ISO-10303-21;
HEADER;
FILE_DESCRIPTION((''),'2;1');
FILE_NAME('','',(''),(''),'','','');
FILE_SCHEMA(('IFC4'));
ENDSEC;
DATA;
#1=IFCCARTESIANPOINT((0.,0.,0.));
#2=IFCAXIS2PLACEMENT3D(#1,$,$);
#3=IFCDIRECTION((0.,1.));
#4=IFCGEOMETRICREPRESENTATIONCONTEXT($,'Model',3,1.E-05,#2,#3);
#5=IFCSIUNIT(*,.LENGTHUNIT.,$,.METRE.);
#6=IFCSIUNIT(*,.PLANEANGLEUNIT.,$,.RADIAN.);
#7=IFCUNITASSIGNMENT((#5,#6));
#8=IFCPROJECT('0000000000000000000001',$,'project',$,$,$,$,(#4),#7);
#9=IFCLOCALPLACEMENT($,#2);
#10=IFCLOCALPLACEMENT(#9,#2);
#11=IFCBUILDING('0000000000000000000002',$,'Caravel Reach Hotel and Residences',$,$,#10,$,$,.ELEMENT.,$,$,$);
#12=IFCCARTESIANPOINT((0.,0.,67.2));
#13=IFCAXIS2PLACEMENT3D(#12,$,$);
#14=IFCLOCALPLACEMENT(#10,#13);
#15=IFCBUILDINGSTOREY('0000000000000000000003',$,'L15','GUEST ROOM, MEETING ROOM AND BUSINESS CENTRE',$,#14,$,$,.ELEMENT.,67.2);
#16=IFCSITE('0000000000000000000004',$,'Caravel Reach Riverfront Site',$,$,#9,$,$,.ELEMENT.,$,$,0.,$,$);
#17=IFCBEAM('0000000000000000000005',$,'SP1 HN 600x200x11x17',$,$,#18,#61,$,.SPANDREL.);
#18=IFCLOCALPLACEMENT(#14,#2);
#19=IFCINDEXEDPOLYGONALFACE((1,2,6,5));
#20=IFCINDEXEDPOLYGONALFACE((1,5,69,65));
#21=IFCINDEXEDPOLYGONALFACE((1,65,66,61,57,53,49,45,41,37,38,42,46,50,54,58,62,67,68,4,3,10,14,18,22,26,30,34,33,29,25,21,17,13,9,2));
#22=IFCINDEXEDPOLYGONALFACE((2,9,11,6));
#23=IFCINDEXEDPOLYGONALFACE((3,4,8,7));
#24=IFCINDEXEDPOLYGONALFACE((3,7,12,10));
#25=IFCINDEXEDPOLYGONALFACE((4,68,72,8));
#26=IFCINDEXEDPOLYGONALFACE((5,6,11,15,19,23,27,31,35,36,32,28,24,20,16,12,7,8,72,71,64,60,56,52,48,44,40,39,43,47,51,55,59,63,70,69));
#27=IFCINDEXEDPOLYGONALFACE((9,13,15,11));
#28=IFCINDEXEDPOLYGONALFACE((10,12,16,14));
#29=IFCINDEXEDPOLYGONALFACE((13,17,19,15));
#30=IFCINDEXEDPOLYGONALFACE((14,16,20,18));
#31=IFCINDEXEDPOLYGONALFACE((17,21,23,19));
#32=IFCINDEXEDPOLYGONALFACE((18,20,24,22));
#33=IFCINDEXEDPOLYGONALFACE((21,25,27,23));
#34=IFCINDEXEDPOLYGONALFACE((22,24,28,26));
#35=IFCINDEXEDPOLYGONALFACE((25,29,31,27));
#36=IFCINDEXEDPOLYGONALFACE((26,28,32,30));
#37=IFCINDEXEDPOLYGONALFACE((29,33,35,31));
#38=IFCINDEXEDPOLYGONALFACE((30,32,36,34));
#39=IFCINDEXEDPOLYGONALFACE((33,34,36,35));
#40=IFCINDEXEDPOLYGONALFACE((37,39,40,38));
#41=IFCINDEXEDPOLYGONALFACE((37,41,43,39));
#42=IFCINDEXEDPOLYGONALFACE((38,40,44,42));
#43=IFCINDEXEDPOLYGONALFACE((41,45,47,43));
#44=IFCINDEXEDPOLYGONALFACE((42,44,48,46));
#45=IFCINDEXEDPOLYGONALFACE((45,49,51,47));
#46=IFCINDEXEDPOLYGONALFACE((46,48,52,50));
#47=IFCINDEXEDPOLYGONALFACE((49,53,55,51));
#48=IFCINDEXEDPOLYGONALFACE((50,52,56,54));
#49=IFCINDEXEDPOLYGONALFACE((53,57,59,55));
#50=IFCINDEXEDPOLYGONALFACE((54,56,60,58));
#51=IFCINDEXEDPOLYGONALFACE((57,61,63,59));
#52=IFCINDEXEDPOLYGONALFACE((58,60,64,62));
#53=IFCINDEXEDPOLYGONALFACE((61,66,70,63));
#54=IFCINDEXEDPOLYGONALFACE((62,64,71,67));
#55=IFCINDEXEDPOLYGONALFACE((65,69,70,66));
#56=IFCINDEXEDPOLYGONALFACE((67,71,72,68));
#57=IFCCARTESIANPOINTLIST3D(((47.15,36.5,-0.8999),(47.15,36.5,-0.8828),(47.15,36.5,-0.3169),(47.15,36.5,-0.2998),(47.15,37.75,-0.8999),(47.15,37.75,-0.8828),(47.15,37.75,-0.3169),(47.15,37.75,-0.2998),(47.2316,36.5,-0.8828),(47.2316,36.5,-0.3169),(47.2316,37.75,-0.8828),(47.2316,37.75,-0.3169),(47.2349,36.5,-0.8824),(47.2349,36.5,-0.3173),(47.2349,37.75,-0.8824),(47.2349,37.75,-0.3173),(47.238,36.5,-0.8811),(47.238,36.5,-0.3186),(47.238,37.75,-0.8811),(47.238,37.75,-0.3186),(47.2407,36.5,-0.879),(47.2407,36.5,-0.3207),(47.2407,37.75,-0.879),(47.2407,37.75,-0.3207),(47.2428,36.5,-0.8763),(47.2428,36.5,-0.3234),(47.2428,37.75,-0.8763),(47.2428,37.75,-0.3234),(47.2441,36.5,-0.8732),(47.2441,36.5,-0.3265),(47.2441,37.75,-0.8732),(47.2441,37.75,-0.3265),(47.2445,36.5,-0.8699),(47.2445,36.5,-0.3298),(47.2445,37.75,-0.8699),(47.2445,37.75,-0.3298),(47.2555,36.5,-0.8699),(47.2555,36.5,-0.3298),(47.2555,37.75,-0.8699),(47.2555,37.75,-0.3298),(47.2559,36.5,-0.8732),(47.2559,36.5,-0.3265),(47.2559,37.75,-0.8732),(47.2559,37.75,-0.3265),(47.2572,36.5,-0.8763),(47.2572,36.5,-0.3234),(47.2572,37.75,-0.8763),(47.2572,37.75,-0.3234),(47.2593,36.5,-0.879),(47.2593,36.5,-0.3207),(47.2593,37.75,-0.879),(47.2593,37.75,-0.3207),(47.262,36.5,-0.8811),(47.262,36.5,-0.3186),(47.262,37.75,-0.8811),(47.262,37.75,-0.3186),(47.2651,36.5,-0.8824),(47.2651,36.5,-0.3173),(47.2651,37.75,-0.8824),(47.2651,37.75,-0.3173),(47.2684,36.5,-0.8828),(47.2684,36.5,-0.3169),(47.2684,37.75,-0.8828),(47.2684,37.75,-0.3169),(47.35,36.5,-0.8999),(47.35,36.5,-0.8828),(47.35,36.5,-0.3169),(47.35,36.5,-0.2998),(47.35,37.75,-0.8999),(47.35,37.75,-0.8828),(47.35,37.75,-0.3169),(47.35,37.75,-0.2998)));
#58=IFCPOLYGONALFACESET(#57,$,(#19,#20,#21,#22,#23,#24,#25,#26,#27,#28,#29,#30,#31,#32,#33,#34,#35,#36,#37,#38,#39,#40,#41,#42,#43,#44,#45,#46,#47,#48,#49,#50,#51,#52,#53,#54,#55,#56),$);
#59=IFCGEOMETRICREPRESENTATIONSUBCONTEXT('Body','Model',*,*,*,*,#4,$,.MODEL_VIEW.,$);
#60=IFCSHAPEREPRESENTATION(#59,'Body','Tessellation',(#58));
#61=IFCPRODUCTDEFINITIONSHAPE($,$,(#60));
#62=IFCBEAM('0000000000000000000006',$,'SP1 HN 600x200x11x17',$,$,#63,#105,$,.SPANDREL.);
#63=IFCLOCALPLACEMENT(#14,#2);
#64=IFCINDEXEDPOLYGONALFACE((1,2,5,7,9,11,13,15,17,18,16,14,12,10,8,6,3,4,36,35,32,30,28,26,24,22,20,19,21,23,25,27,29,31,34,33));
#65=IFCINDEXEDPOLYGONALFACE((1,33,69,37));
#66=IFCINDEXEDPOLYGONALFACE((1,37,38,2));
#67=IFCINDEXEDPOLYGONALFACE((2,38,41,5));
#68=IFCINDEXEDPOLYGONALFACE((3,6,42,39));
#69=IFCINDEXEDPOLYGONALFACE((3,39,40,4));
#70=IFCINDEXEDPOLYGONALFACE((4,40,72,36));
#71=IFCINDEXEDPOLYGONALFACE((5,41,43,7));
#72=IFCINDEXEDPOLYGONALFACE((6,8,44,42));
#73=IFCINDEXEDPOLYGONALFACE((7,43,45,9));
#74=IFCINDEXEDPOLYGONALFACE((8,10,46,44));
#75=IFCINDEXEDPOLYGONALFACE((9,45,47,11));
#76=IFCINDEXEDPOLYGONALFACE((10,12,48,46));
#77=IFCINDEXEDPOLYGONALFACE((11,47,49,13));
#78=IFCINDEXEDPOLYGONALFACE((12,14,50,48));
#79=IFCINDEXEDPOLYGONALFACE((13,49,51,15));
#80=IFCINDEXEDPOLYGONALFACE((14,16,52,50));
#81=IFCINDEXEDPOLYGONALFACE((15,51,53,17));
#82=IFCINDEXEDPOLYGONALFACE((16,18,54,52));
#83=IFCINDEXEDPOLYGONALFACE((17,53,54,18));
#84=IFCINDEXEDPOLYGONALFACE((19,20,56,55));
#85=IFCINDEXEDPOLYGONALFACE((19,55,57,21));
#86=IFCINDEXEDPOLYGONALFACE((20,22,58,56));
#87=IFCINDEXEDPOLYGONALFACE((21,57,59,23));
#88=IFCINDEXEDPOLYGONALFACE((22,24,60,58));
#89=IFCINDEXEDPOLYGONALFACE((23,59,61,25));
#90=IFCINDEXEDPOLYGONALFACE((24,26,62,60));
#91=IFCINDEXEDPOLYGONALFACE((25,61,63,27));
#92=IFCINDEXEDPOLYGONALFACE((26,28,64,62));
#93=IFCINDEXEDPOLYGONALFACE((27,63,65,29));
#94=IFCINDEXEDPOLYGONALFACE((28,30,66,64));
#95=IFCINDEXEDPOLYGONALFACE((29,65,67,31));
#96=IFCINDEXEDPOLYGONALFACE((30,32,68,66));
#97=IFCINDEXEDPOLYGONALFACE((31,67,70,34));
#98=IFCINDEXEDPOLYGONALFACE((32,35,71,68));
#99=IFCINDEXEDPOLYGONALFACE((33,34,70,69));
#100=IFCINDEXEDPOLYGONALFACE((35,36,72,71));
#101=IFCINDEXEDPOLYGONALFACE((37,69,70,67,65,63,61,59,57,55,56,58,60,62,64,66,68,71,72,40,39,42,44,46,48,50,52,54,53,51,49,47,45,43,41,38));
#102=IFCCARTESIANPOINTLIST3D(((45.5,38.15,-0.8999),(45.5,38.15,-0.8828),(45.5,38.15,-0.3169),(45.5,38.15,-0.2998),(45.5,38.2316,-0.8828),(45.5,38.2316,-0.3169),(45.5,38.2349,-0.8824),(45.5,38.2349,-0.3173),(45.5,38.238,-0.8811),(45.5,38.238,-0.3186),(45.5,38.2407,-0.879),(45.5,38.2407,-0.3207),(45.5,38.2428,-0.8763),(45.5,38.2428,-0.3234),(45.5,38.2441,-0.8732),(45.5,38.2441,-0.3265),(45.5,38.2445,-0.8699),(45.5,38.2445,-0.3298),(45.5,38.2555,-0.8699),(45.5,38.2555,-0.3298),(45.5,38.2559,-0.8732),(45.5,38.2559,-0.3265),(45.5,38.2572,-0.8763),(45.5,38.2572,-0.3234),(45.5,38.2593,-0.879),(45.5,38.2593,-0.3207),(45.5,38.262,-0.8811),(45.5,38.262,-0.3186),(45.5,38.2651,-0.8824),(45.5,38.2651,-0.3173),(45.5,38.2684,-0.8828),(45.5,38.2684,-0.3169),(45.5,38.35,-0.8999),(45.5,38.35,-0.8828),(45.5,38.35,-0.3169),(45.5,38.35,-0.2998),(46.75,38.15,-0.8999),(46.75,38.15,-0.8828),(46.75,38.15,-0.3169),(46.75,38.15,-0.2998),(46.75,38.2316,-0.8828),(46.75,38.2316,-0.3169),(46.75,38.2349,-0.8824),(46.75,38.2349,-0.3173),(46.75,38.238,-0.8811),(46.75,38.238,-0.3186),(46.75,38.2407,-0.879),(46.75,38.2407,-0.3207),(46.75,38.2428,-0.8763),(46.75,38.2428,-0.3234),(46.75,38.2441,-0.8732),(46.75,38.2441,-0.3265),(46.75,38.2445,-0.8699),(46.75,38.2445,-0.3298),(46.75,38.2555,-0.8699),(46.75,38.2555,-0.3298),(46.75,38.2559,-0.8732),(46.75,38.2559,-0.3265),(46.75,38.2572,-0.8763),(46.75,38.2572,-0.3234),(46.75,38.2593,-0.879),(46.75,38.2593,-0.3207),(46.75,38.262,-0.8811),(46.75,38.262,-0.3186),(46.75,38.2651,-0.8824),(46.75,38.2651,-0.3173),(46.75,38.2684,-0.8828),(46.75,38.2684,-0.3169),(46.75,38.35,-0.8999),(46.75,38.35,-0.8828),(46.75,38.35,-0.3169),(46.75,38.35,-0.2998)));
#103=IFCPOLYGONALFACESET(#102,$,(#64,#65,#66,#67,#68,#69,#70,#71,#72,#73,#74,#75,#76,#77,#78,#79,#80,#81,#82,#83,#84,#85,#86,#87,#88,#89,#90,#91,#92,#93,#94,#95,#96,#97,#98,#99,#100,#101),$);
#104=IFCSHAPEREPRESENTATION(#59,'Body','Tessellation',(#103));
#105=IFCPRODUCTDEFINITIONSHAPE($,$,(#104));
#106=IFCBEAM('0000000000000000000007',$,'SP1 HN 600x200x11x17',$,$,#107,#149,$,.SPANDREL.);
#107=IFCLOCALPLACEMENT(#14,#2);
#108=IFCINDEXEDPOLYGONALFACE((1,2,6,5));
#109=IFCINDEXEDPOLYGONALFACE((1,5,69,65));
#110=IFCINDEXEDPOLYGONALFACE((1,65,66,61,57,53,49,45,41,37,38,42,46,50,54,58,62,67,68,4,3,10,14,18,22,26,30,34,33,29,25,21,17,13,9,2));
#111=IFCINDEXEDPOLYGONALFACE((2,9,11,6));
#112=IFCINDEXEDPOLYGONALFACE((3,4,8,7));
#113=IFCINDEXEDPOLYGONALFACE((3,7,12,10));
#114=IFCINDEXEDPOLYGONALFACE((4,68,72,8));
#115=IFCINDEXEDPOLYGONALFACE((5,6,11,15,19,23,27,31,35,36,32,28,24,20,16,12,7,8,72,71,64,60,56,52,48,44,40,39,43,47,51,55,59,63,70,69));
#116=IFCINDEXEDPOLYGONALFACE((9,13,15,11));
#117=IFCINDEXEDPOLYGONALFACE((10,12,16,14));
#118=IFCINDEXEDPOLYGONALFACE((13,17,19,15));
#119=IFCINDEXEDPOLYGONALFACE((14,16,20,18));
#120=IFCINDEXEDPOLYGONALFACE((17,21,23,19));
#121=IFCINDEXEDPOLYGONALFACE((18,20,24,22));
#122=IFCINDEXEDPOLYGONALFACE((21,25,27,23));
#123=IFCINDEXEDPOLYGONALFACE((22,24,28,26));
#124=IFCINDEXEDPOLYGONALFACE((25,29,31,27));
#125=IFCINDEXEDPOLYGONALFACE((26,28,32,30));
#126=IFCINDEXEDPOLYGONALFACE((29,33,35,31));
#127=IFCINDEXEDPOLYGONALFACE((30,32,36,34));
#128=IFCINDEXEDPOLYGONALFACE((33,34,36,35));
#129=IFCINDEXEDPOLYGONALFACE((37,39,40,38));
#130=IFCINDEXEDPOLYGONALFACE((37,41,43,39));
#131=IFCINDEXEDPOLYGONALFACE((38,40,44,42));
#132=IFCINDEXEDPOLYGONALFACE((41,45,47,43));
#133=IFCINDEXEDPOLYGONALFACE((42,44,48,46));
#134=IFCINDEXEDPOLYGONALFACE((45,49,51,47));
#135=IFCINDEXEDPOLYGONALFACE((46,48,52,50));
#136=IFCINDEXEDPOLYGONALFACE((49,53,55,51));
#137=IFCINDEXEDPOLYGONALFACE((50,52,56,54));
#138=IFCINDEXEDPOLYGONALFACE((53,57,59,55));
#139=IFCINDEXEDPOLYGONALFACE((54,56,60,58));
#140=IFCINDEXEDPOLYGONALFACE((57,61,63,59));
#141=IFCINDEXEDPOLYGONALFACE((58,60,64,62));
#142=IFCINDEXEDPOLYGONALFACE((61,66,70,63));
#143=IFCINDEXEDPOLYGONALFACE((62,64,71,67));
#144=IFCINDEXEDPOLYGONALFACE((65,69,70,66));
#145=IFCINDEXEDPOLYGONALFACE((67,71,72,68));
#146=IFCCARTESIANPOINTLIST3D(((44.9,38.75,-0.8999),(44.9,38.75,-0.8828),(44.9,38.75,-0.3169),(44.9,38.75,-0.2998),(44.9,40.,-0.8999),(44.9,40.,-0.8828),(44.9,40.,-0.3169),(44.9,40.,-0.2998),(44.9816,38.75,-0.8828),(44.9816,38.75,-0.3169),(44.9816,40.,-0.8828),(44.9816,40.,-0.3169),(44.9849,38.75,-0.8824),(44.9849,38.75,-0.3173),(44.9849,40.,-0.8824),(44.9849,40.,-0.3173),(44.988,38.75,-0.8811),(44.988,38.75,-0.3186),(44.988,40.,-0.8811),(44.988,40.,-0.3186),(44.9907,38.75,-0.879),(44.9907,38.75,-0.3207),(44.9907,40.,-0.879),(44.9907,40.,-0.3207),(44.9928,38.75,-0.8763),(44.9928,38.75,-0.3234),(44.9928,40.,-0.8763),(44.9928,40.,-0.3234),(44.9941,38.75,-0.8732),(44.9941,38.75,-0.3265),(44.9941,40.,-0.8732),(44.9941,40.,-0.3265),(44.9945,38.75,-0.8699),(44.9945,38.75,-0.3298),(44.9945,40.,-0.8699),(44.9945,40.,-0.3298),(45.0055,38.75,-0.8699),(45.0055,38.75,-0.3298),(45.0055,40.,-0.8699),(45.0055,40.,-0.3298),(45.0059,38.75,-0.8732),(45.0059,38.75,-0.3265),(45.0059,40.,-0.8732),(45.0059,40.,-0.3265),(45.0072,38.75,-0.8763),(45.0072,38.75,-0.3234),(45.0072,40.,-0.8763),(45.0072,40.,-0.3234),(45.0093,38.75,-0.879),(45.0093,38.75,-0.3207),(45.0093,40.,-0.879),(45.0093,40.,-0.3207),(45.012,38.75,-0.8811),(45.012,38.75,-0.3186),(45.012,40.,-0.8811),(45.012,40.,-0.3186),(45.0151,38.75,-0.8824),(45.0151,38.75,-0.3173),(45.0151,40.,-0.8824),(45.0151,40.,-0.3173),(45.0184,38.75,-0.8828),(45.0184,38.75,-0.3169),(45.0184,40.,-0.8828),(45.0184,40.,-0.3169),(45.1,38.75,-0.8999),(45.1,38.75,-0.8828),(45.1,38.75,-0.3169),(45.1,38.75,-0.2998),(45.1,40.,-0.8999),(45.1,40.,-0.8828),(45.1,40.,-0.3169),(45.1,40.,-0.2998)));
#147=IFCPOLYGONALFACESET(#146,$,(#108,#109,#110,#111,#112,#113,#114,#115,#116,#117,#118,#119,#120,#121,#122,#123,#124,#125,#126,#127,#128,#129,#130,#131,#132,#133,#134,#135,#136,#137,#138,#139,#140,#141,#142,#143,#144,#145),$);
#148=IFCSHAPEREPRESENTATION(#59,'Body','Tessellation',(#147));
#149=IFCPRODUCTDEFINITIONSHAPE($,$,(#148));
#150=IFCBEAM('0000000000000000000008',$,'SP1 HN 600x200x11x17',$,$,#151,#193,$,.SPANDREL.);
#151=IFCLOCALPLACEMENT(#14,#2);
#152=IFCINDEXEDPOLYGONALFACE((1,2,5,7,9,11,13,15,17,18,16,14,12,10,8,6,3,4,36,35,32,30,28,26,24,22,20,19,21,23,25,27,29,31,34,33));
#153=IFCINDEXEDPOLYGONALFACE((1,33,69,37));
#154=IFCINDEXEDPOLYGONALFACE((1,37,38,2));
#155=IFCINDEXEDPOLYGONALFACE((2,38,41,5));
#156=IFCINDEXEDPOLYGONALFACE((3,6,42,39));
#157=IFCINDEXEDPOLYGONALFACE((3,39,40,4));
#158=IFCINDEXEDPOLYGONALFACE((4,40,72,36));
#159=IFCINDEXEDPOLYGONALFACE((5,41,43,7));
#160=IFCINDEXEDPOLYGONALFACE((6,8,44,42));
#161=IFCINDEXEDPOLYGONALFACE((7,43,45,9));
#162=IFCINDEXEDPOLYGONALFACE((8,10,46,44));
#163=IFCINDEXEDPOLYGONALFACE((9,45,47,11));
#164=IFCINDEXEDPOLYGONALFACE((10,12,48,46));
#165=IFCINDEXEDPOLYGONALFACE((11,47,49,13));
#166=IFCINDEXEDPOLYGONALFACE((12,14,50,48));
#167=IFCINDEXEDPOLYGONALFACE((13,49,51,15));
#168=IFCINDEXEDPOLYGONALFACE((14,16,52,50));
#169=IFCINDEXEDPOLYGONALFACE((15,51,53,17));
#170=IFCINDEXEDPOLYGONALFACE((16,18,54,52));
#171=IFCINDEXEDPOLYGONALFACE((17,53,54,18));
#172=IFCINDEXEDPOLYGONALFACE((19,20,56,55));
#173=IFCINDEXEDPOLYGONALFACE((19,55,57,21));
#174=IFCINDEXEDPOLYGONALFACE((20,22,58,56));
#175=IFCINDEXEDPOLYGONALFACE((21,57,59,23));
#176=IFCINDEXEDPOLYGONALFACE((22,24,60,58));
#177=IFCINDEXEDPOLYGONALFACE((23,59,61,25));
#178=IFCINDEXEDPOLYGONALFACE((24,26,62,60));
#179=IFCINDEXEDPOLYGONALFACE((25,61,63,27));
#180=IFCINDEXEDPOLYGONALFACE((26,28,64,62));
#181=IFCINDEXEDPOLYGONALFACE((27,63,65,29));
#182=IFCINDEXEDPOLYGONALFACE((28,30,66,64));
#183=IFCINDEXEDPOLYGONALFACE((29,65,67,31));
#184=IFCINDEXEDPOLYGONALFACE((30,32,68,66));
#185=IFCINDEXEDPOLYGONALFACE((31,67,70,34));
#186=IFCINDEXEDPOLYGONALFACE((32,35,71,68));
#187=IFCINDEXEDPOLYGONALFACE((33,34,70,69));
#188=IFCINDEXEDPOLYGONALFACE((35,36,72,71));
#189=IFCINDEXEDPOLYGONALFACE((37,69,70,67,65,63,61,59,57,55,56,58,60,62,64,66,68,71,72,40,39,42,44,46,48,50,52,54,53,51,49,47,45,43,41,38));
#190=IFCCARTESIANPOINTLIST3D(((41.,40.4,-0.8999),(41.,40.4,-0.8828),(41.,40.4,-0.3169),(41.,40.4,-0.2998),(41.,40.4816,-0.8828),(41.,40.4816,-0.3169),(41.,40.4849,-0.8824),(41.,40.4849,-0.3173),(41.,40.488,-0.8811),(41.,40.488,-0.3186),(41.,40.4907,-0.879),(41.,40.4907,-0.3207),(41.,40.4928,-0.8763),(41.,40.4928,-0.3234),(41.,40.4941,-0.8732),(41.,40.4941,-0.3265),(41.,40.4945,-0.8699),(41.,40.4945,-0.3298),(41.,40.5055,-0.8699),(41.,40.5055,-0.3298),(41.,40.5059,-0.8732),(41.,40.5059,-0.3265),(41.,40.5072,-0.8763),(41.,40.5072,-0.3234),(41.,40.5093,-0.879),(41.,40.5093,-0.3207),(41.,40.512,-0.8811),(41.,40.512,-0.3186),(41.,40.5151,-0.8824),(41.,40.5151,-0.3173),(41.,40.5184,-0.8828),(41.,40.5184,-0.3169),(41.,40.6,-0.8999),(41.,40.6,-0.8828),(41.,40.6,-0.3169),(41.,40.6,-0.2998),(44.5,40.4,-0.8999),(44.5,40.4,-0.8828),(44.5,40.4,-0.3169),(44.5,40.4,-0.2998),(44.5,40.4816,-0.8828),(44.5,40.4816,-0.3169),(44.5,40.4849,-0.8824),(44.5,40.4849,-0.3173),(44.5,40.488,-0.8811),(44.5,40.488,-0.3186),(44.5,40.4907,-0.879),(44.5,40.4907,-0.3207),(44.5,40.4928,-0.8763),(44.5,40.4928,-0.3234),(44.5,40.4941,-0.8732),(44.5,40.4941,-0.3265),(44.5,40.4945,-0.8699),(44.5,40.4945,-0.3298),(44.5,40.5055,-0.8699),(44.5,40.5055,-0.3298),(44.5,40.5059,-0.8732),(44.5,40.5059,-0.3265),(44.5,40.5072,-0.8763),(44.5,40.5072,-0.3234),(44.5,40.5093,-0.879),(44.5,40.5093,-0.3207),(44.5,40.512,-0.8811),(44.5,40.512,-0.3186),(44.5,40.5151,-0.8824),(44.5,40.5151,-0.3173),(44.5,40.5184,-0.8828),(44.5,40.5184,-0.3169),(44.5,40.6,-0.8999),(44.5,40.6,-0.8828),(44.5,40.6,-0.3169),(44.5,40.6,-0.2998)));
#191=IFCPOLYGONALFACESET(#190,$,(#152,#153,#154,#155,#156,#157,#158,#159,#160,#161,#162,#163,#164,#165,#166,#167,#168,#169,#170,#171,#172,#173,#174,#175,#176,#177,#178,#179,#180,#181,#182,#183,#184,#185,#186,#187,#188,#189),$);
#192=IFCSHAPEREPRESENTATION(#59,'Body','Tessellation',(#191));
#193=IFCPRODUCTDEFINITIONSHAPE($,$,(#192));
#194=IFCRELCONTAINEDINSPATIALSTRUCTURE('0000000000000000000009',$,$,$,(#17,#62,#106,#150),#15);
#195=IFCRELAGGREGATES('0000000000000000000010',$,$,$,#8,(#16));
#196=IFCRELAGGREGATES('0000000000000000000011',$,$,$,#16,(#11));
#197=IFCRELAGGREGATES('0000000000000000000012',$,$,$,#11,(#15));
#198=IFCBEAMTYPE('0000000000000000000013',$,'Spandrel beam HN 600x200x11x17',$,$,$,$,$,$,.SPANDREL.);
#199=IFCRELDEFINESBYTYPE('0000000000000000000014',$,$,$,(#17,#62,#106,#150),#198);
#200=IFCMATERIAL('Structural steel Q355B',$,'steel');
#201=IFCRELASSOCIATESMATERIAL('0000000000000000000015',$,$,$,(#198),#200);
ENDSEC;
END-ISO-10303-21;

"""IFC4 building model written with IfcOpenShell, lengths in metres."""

from ifc_helpers import new_model, si_unit, direction, frame, origin, origin_2d, place, context, subcontext, project, spatial, i_section, extrude, material, material_profile, profile_set, type_object, element, save


model = new_model("IFC4")

# Units and contexts
model_context = context("Model", 3, precision=1e-05, world=origin(), true_north=direction((0.0, 1.0)))
body_context = subcontext(model_context, "Body", "Model", "MODEL_VIEW")
ifc_project = project(units=[si_unit("LENGTHUNIT", "METRE"), si_unit("PLANEANGLEUNIT", "RADIAN")], contexts=[model_context])

# Site, building, storey
site_placement = place(None, origin())
site = spatial("IfcSite", under=ifc_project, at=site_placement, Name="Caravel Reach Riverfront Site", CompositionType="ELEMENT", RefElevation=0.0)
building_placement = place(site_placement, origin())
building = spatial("IfcBuilding", under=site, at=building_placement, Name="Caravel Reach Hotel and Residences", CompositionType="ELEMENT")
storey_placement = place(building_placement, frame((0.0, 0.0, 67.2)))
storey = spatial("IfcBuildingStorey", under=building, at=storey_placement, Name="L15", Description="GUEST ROOM, MEETING ROOM AND BUSINESS CENTRE", CompositionType="ELEMENT", Elevation=67.2)

# Beams
ifc_material_1 = material(Name="Structural steel Q355B", Category="steel")
ifc_material_profile_1 = material_profile(ifc_material_1, i_section(OverallWidth=0.2, OverallDepth=0.6001, WebThickness=0.011, FlangeThickness=0.0171, FilletRadius=0.0129, at=origin_2d()), Name="HN 600x200x11x17")
ifc_profile_set_1 = profile_set([ifc_material_profile_1], Name="Structural steel Q355B")
beam_type_1 = type_object("IfcBeamType", Name="Spandrel beam HN 600x200x11x17", PredefinedType="SPANDREL", material=ifc_profile_set_1)
for number, where, z_axis, x_axis, name in (
    (1, (47.25, 36.5, -0.5999), (0.0, 1.0, 0.0), (-1.0, 0.0, 0.0), "SP1 HN 600x200x11x17"),
    (2, (46.75, 38.25, -0.5999), (-1.0, 0.0, 0.0), (0.0, -1.0, 0.0), "SP1 HN 600x200x11x17"),
    (3, (45.0, 38.75, -0.5999), (0.0, 1.0, 0.0), (-1.0, 0.0, 0.0), "SP1 HN 600x200x11x17"),
):
    element("IfcBeam", number, at=place(storey_placement, frame(where, z_axis=z_axis, x_axis=x_axis)), inside=storey, type_object=beam_type_1, Name=name, PredefinedType="SPANDREL", context=body_context, shape_type="SweptSolid", body=[
        extrude(i_section(OverallWidth=0.2, OverallDepth=0.6001, WebThickness=0.011, FlangeThickness=0.0171, FilletRadius=0.0129, at=origin_2d()), origin(), (0.0, 0.0, 1.0), 1.25),
    ])
beam_1_placement = place(storey_placement, frame((44.5, 40.5, -0.5999), z_axis=(-1.0, 0.0, 0.0), x_axis=(0.0, -1.0, 0.0)))
element("IfcBeam", 4, at=beam_1_placement, inside=storey, type_object=beam_type_1, Name="SP1 HN 600x200x11x17", PredefinedType="SPANDREL", context=body_context, shape_type="SweptSolid", body=[
    extrude(i_section(OverallWidth=0.2, OverallDepth=0.6001, WebThickness=0.011, FlangeThickness=0.0171, FilletRadius=0.0129, at=origin_2d()), origin(), (0.0, 0.0, 1.0), 3.5),
])

save(model, "model.ifc")
